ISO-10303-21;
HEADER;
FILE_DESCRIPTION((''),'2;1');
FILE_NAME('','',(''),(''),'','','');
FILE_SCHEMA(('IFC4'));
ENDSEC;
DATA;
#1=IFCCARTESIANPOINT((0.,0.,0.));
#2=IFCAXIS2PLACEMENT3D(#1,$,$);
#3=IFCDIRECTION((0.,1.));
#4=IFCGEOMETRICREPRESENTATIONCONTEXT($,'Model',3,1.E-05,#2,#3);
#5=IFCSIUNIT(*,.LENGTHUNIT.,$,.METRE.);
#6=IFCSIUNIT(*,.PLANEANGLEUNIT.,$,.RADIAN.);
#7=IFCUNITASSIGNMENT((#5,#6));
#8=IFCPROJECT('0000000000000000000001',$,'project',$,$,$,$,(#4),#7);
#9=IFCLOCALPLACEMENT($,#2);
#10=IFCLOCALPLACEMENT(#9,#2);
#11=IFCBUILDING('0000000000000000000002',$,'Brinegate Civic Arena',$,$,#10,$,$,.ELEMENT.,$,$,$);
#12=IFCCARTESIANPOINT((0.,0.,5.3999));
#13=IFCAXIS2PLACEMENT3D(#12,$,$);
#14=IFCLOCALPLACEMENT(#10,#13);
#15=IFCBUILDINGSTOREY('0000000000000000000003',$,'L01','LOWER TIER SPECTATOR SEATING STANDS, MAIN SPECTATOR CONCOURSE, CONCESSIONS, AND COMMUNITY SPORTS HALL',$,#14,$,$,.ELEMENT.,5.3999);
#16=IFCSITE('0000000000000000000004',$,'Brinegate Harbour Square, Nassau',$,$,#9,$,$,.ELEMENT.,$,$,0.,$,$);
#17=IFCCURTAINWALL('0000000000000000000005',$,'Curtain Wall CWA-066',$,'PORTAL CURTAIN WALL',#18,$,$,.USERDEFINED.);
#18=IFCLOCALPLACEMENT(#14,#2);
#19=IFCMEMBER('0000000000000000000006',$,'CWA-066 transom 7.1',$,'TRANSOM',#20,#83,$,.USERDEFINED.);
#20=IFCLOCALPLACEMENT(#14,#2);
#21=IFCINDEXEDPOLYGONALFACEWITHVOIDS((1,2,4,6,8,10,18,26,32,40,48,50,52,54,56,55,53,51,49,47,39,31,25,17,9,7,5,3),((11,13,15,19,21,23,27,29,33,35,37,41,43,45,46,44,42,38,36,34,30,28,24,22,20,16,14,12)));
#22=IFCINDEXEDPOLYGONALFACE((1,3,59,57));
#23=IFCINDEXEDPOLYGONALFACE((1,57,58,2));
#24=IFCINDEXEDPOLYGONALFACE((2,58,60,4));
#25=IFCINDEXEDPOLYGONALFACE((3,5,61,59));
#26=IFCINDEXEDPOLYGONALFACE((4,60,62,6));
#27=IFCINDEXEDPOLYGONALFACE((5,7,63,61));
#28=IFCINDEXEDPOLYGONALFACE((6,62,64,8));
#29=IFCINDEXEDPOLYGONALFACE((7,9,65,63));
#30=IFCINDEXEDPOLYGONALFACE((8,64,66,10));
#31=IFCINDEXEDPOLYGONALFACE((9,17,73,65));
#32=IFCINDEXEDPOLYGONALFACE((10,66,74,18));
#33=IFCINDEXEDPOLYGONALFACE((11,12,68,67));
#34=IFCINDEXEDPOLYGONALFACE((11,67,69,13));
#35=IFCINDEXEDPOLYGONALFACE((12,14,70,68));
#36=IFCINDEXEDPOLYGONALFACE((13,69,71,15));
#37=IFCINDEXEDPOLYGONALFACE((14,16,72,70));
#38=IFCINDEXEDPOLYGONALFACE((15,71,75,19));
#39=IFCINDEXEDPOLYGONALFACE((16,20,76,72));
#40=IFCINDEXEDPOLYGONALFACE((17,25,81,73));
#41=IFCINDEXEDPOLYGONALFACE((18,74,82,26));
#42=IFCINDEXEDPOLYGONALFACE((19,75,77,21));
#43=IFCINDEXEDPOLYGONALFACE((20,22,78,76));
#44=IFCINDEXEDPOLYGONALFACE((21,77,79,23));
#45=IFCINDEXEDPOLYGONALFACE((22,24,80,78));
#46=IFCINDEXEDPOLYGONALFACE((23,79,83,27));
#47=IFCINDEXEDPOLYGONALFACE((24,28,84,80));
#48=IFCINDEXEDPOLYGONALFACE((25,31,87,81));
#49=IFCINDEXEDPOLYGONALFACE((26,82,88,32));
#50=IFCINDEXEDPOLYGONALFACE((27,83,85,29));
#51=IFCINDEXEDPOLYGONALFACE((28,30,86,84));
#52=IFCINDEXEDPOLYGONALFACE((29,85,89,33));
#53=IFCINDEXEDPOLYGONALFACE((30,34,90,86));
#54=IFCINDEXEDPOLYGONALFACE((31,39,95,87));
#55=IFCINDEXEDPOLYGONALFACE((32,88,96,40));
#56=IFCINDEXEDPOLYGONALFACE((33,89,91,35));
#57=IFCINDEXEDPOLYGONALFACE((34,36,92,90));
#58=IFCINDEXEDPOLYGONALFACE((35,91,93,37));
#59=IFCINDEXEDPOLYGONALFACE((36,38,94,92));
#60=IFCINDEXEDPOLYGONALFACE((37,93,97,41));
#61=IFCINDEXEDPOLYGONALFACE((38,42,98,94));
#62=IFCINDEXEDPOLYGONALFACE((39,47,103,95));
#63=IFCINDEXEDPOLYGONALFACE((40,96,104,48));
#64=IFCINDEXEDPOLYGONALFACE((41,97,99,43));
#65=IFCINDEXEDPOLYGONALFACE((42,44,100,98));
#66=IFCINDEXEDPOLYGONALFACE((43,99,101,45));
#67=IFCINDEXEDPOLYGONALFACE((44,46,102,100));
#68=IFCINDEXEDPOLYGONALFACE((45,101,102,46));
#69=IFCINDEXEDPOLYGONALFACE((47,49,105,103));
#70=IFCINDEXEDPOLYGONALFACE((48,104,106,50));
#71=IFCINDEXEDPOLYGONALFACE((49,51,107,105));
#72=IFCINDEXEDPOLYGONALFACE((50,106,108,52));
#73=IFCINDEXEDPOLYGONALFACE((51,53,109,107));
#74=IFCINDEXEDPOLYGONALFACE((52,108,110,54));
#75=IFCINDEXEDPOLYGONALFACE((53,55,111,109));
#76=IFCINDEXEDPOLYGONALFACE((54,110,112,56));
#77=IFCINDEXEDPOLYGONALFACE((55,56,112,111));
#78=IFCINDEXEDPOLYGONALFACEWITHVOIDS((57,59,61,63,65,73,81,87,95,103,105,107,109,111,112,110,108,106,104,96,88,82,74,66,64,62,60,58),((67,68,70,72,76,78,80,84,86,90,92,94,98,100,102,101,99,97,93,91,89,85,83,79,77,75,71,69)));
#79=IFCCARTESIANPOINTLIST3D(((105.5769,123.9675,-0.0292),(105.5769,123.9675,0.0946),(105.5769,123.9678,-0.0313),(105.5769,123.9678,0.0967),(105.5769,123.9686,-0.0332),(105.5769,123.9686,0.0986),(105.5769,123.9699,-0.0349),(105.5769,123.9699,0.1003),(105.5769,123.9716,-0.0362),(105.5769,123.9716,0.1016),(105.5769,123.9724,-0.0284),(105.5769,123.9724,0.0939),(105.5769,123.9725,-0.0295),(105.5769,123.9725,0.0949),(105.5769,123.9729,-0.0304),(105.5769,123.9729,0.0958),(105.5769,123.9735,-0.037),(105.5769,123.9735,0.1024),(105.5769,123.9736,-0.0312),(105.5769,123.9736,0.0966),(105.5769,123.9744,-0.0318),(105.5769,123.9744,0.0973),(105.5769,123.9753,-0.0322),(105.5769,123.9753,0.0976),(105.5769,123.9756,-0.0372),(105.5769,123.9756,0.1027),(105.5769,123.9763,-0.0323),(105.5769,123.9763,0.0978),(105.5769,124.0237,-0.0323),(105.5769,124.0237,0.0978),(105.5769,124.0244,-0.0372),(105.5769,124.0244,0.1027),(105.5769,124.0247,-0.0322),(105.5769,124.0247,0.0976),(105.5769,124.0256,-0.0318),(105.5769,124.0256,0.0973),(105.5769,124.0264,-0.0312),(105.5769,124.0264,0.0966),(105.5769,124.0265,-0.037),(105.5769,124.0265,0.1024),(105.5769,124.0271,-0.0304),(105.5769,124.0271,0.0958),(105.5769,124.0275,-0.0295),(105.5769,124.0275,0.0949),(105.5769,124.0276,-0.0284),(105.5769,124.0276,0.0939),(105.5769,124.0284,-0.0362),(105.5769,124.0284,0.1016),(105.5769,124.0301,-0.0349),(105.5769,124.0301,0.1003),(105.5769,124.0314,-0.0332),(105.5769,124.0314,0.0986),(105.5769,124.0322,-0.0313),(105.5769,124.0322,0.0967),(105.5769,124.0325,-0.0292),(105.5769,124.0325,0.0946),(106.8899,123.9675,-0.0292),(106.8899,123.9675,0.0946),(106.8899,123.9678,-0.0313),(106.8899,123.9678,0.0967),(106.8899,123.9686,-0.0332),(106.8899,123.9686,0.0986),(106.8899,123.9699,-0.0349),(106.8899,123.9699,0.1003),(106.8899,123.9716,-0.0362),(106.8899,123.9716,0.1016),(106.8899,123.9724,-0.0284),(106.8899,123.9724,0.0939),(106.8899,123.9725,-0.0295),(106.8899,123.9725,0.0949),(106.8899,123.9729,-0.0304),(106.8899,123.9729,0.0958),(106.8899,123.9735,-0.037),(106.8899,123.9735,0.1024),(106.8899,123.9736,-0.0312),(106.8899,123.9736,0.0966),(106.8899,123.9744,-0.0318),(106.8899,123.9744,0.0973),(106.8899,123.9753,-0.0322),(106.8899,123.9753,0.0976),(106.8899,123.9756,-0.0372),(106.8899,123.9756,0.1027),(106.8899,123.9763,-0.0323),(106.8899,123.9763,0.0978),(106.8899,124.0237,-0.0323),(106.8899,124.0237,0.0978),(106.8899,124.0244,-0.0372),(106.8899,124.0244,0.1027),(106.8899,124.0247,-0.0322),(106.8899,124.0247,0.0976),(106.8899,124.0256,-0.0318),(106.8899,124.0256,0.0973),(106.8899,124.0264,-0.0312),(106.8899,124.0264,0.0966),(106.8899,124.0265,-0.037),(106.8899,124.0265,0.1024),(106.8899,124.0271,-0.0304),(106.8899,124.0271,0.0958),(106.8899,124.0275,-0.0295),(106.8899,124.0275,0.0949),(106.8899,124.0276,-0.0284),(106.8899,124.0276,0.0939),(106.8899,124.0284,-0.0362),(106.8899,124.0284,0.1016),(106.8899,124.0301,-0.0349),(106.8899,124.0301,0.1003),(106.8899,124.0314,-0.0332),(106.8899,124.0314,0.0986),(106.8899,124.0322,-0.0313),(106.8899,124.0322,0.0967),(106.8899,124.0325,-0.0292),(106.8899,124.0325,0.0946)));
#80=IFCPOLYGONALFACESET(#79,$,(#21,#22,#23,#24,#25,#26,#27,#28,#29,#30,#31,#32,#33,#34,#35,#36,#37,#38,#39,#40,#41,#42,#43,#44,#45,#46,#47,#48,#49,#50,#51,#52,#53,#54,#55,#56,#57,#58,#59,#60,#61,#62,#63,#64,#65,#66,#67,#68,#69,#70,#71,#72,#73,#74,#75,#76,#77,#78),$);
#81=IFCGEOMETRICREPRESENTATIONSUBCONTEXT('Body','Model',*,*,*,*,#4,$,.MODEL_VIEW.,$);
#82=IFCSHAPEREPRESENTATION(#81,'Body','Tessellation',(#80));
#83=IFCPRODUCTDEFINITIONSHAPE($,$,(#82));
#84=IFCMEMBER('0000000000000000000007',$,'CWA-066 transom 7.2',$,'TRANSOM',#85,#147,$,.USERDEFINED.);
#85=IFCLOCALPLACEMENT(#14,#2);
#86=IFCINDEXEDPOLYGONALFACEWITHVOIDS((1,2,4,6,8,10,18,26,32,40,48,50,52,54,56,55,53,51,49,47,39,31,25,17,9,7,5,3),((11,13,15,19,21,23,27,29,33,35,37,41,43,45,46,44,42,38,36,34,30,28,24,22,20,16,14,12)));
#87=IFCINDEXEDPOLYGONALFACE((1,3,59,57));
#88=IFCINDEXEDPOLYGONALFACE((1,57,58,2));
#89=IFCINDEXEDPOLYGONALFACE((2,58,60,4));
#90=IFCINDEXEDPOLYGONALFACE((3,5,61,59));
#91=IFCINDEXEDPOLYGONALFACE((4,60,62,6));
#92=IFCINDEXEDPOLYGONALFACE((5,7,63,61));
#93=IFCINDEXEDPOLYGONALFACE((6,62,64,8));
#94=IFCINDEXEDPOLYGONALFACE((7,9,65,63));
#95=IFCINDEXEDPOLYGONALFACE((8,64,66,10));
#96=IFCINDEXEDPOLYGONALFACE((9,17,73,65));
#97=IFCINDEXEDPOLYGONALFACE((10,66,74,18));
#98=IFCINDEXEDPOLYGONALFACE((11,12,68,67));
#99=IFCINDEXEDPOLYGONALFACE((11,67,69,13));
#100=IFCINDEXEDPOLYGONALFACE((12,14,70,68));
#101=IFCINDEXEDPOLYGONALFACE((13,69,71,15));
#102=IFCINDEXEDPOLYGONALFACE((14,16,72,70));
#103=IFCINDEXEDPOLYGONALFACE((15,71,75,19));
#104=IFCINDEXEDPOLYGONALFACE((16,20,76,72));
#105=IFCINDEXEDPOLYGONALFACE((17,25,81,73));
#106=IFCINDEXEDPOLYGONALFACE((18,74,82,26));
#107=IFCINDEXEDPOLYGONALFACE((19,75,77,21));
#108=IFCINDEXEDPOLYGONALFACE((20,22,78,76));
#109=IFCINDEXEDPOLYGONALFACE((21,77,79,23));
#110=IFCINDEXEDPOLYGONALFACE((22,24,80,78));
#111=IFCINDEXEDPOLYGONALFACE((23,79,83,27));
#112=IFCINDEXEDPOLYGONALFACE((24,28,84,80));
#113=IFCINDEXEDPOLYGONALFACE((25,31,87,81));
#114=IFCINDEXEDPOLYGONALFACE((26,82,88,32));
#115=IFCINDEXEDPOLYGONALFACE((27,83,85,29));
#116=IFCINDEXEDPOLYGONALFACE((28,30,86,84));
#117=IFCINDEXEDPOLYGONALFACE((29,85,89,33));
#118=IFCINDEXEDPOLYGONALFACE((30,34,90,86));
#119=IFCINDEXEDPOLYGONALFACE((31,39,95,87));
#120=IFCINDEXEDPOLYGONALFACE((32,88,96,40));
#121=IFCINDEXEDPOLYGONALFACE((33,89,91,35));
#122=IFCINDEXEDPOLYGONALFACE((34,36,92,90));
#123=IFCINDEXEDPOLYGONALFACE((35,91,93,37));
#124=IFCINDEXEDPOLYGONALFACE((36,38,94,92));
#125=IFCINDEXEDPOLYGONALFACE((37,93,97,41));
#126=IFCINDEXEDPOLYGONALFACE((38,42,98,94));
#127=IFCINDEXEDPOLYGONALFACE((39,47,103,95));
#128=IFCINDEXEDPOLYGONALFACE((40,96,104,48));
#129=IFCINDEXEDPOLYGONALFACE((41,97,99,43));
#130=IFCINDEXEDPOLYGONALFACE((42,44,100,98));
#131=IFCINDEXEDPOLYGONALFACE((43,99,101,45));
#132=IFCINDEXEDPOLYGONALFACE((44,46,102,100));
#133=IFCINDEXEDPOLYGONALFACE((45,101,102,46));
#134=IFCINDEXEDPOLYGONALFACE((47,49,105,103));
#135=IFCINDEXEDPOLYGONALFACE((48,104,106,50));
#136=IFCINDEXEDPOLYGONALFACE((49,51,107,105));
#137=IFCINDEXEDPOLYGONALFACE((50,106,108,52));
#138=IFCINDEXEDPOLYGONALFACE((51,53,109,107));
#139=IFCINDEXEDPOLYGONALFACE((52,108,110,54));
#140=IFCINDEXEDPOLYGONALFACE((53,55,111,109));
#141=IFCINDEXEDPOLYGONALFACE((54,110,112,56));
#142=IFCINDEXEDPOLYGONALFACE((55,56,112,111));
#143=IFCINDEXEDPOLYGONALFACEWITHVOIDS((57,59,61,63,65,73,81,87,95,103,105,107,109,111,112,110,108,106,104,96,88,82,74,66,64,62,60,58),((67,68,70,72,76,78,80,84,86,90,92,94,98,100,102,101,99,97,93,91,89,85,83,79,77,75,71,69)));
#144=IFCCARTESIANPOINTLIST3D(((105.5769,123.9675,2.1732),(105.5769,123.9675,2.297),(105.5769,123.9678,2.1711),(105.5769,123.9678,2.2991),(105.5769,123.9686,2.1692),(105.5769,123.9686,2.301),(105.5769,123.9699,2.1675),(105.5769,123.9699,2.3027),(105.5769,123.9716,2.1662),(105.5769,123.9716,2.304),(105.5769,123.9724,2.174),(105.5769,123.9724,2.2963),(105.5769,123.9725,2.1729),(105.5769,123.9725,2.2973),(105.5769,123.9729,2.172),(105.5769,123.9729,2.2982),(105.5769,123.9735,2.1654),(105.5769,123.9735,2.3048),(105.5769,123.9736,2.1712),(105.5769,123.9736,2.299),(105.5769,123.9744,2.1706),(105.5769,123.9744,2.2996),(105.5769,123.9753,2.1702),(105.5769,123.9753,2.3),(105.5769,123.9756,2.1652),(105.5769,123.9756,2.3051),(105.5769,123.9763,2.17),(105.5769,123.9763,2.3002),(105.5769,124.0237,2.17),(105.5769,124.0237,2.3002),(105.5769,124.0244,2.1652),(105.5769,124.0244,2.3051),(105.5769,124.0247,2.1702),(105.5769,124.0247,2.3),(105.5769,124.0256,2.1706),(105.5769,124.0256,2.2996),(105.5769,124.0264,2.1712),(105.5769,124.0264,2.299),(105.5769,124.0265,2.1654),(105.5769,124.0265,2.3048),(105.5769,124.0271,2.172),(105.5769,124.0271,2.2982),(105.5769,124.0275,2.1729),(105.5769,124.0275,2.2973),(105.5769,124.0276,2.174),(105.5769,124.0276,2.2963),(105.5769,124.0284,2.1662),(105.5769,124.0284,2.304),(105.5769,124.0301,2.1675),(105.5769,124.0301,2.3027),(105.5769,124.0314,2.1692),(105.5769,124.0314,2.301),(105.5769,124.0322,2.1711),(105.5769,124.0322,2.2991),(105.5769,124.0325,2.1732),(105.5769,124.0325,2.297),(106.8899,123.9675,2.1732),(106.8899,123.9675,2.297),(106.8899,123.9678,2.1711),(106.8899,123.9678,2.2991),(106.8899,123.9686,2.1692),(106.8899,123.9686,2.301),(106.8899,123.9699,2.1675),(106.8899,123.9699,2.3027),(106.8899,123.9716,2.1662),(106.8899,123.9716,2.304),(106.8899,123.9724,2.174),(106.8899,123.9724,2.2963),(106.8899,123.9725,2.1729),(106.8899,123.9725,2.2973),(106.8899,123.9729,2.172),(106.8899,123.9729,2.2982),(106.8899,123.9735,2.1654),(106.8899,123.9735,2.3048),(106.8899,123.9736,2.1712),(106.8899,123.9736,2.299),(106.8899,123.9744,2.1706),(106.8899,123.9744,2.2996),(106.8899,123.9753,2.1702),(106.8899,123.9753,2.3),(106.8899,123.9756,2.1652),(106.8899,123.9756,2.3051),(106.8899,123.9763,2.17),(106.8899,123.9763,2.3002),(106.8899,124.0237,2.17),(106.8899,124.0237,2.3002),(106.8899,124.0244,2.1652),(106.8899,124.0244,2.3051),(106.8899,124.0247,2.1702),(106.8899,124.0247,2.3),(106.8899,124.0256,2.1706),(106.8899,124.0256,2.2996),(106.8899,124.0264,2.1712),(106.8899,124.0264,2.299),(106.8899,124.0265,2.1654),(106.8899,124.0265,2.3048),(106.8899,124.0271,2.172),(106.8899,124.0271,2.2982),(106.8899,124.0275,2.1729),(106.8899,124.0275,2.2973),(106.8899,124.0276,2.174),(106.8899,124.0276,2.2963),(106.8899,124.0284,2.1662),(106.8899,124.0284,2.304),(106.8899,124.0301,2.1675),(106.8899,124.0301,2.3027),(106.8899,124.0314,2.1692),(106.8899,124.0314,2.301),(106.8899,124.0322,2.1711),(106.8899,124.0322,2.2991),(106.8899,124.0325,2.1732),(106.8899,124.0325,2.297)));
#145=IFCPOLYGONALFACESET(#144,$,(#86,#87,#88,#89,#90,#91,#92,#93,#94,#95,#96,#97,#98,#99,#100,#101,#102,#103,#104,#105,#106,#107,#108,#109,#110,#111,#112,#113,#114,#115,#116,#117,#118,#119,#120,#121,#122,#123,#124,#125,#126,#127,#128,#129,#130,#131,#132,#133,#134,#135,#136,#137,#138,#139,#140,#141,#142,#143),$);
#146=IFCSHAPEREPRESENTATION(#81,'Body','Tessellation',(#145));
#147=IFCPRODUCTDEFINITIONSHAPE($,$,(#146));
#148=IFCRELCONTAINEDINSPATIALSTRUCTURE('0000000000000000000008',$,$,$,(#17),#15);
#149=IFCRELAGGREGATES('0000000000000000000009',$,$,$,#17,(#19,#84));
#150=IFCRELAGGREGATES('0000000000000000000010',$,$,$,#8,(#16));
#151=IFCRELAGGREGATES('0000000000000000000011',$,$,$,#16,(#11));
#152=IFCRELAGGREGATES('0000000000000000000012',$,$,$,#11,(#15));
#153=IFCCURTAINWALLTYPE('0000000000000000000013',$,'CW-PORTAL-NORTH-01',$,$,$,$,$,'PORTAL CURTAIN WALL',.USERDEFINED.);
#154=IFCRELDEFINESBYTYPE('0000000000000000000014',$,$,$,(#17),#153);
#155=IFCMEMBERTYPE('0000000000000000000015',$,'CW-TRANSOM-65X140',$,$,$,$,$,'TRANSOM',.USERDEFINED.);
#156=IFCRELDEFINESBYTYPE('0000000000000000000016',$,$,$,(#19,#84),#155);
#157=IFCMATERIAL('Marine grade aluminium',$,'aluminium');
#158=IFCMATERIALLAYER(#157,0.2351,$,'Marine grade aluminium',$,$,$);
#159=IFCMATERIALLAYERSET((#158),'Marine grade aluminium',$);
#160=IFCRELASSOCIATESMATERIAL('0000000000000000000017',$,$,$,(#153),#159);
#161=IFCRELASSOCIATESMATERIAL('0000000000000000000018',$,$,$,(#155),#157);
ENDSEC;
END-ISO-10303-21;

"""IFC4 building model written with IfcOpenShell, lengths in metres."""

from ifc_helpers import new_model, si_unit, direction, frame, origin, origin_2d, place, context, subcontext, project, spatial, hollow_rectangle, extrude, material, layer, layer_set, material_profile, profile_set, type_object, element, aggregate, save


model = new_model("IFC4")

# Units and contexts
model_context = context("Model", 3, precision=1e-05, world=origin(), true_north=direction((0.0, 1.0)))
body_context = subcontext(model_context, "Body", "Model", "MODEL_VIEW")
ifc_project = project(units=[si_unit("LENGTHUNIT", "METRE"), si_unit("PLANEANGLEUNIT", "RADIAN")], contexts=[model_context])

# Site, building, storey
site_placement = place(None, origin())
site = spatial("IfcSite", under=ifc_project, at=site_placement, Name="Brinegate Harbour Square, Nassau", CompositionType="ELEMENT", RefElevation=0.0)
building_placement = place(site_placement, origin())
building = spatial("IfcBuilding", under=site, at=building_placement, Name="Brinegate Civic Arena", CompositionType="ELEMENT")
storey_placement = place(building_placement, frame((0.0, 0.0, 5.3999)))
storey = spatial("IfcBuildingStorey", under=building, at=storey_placement, Name="L01", Description="LOWER TIER SPECTATOR SEATING STANDS, MAIN SPECTATOR CONCOURSE, CONCESSIONS, AND COMMUNITY SPORTS HALL", CompositionType="ELEMENT", Elevation=5.3999)

# Curtain wall, members
ifc_material_1 = material(Name="Marine grade aluminium", Category="aluminium")
ifc_layer_1 = layer(ifc_material_1, 0.2351, Name="Marine grade aluminium")
ifc_layer_set_1 = layer_set([ifc_layer_1], Name="Marine grade aluminium")
curtain_wall_type = type_object("IfcCurtainWallType", Name="CW-PORTAL-NORTH-01", ElementType="PORTAL CURTAIN WALL", PredefinedType="USERDEFINED", material=ifc_layer_set_1)
curtain_wall_placement = place(storey_placement, origin())
curtain_wall = element("IfcCurtainWall", 1, at=curtain_wall_placement, inside=storey, type_object=curtain_wall_type, Name="Curtain Wall CWA-066", ObjectType="PORTAL CURTAIN WALL", PredefinedType="USERDEFINED")
ifc_material_profile_1 = material_profile(ifc_material_1, hollow_rectangle(XDim=0.0649, YDim=0.1399, WallThickness=0.0049, InnerFilletRadius=0.0039, OuterFilletRadius=0.0081, at=origin_2d()), Name="TRN65X140")
ifc_profile_set_1 = profile_set([ifc_material_profile_1], Name="Marine grade aluminium")
member_type_1 = type_object("IfcMemberType", Name="CW-TRANSOM-65X140", ElementType="TRANSOM", PredefinedType="USERDEFINED", material=ifc_profile_set_1)
member_1_placement = place(storey_placement, frame((105.5769, 124.0, 0.0327), z_axis=(1.0, 0.0, 0.0), x_axis=(0.0, 1.0, 0.0)))
member_1 = element("IfcMember", 2, at=member_1_placement, type_object=member_type_1, Name="CWA-066 transom 7.1", ObjectType="TRANSOM", PredefinedType="USERDEFINED", context=body_context, shape_type="SweptSolid", body=[
    extrude(hollow_rectangle(XDim=0.0649, YDim=0.1399, WallThickness=0.0049, InnerFilletRadius=0.0039, OuterFilletRadius=0.0081, at=origin_2d()), origin(), (0.0, 0.0, 1.0), 1.313),
])
member_2_placement = place(storey_placement, frame((105.5769, 124.0, 2.2351), z_axis=(1.0, 0.0, 0.0), x_axis=(0.0, 1.0, 0.0)))
member_2 = element("IfcMember", 3, at=member_2_placement, type_object=member_type_1, Name="CWA-066 transom 7.2", ObjectType="TRANSOM", PredefinedType="USERDEFINED", context=body_context, shape_type="SweptSolid", body=[
    extrude(hollow_rectangle(XDim=0.0649, YDim=0.1399, WallThickness=0.0049, InnerFilletRadius=0.0039, OuterFilletRadius=0.0081, at=origin_2d()), origin(), (0.0, 0.0, 1.0), 1.313),
])
aggregate(curtain_wall, [member_1, member_2])

save(model, "model.ifc")
